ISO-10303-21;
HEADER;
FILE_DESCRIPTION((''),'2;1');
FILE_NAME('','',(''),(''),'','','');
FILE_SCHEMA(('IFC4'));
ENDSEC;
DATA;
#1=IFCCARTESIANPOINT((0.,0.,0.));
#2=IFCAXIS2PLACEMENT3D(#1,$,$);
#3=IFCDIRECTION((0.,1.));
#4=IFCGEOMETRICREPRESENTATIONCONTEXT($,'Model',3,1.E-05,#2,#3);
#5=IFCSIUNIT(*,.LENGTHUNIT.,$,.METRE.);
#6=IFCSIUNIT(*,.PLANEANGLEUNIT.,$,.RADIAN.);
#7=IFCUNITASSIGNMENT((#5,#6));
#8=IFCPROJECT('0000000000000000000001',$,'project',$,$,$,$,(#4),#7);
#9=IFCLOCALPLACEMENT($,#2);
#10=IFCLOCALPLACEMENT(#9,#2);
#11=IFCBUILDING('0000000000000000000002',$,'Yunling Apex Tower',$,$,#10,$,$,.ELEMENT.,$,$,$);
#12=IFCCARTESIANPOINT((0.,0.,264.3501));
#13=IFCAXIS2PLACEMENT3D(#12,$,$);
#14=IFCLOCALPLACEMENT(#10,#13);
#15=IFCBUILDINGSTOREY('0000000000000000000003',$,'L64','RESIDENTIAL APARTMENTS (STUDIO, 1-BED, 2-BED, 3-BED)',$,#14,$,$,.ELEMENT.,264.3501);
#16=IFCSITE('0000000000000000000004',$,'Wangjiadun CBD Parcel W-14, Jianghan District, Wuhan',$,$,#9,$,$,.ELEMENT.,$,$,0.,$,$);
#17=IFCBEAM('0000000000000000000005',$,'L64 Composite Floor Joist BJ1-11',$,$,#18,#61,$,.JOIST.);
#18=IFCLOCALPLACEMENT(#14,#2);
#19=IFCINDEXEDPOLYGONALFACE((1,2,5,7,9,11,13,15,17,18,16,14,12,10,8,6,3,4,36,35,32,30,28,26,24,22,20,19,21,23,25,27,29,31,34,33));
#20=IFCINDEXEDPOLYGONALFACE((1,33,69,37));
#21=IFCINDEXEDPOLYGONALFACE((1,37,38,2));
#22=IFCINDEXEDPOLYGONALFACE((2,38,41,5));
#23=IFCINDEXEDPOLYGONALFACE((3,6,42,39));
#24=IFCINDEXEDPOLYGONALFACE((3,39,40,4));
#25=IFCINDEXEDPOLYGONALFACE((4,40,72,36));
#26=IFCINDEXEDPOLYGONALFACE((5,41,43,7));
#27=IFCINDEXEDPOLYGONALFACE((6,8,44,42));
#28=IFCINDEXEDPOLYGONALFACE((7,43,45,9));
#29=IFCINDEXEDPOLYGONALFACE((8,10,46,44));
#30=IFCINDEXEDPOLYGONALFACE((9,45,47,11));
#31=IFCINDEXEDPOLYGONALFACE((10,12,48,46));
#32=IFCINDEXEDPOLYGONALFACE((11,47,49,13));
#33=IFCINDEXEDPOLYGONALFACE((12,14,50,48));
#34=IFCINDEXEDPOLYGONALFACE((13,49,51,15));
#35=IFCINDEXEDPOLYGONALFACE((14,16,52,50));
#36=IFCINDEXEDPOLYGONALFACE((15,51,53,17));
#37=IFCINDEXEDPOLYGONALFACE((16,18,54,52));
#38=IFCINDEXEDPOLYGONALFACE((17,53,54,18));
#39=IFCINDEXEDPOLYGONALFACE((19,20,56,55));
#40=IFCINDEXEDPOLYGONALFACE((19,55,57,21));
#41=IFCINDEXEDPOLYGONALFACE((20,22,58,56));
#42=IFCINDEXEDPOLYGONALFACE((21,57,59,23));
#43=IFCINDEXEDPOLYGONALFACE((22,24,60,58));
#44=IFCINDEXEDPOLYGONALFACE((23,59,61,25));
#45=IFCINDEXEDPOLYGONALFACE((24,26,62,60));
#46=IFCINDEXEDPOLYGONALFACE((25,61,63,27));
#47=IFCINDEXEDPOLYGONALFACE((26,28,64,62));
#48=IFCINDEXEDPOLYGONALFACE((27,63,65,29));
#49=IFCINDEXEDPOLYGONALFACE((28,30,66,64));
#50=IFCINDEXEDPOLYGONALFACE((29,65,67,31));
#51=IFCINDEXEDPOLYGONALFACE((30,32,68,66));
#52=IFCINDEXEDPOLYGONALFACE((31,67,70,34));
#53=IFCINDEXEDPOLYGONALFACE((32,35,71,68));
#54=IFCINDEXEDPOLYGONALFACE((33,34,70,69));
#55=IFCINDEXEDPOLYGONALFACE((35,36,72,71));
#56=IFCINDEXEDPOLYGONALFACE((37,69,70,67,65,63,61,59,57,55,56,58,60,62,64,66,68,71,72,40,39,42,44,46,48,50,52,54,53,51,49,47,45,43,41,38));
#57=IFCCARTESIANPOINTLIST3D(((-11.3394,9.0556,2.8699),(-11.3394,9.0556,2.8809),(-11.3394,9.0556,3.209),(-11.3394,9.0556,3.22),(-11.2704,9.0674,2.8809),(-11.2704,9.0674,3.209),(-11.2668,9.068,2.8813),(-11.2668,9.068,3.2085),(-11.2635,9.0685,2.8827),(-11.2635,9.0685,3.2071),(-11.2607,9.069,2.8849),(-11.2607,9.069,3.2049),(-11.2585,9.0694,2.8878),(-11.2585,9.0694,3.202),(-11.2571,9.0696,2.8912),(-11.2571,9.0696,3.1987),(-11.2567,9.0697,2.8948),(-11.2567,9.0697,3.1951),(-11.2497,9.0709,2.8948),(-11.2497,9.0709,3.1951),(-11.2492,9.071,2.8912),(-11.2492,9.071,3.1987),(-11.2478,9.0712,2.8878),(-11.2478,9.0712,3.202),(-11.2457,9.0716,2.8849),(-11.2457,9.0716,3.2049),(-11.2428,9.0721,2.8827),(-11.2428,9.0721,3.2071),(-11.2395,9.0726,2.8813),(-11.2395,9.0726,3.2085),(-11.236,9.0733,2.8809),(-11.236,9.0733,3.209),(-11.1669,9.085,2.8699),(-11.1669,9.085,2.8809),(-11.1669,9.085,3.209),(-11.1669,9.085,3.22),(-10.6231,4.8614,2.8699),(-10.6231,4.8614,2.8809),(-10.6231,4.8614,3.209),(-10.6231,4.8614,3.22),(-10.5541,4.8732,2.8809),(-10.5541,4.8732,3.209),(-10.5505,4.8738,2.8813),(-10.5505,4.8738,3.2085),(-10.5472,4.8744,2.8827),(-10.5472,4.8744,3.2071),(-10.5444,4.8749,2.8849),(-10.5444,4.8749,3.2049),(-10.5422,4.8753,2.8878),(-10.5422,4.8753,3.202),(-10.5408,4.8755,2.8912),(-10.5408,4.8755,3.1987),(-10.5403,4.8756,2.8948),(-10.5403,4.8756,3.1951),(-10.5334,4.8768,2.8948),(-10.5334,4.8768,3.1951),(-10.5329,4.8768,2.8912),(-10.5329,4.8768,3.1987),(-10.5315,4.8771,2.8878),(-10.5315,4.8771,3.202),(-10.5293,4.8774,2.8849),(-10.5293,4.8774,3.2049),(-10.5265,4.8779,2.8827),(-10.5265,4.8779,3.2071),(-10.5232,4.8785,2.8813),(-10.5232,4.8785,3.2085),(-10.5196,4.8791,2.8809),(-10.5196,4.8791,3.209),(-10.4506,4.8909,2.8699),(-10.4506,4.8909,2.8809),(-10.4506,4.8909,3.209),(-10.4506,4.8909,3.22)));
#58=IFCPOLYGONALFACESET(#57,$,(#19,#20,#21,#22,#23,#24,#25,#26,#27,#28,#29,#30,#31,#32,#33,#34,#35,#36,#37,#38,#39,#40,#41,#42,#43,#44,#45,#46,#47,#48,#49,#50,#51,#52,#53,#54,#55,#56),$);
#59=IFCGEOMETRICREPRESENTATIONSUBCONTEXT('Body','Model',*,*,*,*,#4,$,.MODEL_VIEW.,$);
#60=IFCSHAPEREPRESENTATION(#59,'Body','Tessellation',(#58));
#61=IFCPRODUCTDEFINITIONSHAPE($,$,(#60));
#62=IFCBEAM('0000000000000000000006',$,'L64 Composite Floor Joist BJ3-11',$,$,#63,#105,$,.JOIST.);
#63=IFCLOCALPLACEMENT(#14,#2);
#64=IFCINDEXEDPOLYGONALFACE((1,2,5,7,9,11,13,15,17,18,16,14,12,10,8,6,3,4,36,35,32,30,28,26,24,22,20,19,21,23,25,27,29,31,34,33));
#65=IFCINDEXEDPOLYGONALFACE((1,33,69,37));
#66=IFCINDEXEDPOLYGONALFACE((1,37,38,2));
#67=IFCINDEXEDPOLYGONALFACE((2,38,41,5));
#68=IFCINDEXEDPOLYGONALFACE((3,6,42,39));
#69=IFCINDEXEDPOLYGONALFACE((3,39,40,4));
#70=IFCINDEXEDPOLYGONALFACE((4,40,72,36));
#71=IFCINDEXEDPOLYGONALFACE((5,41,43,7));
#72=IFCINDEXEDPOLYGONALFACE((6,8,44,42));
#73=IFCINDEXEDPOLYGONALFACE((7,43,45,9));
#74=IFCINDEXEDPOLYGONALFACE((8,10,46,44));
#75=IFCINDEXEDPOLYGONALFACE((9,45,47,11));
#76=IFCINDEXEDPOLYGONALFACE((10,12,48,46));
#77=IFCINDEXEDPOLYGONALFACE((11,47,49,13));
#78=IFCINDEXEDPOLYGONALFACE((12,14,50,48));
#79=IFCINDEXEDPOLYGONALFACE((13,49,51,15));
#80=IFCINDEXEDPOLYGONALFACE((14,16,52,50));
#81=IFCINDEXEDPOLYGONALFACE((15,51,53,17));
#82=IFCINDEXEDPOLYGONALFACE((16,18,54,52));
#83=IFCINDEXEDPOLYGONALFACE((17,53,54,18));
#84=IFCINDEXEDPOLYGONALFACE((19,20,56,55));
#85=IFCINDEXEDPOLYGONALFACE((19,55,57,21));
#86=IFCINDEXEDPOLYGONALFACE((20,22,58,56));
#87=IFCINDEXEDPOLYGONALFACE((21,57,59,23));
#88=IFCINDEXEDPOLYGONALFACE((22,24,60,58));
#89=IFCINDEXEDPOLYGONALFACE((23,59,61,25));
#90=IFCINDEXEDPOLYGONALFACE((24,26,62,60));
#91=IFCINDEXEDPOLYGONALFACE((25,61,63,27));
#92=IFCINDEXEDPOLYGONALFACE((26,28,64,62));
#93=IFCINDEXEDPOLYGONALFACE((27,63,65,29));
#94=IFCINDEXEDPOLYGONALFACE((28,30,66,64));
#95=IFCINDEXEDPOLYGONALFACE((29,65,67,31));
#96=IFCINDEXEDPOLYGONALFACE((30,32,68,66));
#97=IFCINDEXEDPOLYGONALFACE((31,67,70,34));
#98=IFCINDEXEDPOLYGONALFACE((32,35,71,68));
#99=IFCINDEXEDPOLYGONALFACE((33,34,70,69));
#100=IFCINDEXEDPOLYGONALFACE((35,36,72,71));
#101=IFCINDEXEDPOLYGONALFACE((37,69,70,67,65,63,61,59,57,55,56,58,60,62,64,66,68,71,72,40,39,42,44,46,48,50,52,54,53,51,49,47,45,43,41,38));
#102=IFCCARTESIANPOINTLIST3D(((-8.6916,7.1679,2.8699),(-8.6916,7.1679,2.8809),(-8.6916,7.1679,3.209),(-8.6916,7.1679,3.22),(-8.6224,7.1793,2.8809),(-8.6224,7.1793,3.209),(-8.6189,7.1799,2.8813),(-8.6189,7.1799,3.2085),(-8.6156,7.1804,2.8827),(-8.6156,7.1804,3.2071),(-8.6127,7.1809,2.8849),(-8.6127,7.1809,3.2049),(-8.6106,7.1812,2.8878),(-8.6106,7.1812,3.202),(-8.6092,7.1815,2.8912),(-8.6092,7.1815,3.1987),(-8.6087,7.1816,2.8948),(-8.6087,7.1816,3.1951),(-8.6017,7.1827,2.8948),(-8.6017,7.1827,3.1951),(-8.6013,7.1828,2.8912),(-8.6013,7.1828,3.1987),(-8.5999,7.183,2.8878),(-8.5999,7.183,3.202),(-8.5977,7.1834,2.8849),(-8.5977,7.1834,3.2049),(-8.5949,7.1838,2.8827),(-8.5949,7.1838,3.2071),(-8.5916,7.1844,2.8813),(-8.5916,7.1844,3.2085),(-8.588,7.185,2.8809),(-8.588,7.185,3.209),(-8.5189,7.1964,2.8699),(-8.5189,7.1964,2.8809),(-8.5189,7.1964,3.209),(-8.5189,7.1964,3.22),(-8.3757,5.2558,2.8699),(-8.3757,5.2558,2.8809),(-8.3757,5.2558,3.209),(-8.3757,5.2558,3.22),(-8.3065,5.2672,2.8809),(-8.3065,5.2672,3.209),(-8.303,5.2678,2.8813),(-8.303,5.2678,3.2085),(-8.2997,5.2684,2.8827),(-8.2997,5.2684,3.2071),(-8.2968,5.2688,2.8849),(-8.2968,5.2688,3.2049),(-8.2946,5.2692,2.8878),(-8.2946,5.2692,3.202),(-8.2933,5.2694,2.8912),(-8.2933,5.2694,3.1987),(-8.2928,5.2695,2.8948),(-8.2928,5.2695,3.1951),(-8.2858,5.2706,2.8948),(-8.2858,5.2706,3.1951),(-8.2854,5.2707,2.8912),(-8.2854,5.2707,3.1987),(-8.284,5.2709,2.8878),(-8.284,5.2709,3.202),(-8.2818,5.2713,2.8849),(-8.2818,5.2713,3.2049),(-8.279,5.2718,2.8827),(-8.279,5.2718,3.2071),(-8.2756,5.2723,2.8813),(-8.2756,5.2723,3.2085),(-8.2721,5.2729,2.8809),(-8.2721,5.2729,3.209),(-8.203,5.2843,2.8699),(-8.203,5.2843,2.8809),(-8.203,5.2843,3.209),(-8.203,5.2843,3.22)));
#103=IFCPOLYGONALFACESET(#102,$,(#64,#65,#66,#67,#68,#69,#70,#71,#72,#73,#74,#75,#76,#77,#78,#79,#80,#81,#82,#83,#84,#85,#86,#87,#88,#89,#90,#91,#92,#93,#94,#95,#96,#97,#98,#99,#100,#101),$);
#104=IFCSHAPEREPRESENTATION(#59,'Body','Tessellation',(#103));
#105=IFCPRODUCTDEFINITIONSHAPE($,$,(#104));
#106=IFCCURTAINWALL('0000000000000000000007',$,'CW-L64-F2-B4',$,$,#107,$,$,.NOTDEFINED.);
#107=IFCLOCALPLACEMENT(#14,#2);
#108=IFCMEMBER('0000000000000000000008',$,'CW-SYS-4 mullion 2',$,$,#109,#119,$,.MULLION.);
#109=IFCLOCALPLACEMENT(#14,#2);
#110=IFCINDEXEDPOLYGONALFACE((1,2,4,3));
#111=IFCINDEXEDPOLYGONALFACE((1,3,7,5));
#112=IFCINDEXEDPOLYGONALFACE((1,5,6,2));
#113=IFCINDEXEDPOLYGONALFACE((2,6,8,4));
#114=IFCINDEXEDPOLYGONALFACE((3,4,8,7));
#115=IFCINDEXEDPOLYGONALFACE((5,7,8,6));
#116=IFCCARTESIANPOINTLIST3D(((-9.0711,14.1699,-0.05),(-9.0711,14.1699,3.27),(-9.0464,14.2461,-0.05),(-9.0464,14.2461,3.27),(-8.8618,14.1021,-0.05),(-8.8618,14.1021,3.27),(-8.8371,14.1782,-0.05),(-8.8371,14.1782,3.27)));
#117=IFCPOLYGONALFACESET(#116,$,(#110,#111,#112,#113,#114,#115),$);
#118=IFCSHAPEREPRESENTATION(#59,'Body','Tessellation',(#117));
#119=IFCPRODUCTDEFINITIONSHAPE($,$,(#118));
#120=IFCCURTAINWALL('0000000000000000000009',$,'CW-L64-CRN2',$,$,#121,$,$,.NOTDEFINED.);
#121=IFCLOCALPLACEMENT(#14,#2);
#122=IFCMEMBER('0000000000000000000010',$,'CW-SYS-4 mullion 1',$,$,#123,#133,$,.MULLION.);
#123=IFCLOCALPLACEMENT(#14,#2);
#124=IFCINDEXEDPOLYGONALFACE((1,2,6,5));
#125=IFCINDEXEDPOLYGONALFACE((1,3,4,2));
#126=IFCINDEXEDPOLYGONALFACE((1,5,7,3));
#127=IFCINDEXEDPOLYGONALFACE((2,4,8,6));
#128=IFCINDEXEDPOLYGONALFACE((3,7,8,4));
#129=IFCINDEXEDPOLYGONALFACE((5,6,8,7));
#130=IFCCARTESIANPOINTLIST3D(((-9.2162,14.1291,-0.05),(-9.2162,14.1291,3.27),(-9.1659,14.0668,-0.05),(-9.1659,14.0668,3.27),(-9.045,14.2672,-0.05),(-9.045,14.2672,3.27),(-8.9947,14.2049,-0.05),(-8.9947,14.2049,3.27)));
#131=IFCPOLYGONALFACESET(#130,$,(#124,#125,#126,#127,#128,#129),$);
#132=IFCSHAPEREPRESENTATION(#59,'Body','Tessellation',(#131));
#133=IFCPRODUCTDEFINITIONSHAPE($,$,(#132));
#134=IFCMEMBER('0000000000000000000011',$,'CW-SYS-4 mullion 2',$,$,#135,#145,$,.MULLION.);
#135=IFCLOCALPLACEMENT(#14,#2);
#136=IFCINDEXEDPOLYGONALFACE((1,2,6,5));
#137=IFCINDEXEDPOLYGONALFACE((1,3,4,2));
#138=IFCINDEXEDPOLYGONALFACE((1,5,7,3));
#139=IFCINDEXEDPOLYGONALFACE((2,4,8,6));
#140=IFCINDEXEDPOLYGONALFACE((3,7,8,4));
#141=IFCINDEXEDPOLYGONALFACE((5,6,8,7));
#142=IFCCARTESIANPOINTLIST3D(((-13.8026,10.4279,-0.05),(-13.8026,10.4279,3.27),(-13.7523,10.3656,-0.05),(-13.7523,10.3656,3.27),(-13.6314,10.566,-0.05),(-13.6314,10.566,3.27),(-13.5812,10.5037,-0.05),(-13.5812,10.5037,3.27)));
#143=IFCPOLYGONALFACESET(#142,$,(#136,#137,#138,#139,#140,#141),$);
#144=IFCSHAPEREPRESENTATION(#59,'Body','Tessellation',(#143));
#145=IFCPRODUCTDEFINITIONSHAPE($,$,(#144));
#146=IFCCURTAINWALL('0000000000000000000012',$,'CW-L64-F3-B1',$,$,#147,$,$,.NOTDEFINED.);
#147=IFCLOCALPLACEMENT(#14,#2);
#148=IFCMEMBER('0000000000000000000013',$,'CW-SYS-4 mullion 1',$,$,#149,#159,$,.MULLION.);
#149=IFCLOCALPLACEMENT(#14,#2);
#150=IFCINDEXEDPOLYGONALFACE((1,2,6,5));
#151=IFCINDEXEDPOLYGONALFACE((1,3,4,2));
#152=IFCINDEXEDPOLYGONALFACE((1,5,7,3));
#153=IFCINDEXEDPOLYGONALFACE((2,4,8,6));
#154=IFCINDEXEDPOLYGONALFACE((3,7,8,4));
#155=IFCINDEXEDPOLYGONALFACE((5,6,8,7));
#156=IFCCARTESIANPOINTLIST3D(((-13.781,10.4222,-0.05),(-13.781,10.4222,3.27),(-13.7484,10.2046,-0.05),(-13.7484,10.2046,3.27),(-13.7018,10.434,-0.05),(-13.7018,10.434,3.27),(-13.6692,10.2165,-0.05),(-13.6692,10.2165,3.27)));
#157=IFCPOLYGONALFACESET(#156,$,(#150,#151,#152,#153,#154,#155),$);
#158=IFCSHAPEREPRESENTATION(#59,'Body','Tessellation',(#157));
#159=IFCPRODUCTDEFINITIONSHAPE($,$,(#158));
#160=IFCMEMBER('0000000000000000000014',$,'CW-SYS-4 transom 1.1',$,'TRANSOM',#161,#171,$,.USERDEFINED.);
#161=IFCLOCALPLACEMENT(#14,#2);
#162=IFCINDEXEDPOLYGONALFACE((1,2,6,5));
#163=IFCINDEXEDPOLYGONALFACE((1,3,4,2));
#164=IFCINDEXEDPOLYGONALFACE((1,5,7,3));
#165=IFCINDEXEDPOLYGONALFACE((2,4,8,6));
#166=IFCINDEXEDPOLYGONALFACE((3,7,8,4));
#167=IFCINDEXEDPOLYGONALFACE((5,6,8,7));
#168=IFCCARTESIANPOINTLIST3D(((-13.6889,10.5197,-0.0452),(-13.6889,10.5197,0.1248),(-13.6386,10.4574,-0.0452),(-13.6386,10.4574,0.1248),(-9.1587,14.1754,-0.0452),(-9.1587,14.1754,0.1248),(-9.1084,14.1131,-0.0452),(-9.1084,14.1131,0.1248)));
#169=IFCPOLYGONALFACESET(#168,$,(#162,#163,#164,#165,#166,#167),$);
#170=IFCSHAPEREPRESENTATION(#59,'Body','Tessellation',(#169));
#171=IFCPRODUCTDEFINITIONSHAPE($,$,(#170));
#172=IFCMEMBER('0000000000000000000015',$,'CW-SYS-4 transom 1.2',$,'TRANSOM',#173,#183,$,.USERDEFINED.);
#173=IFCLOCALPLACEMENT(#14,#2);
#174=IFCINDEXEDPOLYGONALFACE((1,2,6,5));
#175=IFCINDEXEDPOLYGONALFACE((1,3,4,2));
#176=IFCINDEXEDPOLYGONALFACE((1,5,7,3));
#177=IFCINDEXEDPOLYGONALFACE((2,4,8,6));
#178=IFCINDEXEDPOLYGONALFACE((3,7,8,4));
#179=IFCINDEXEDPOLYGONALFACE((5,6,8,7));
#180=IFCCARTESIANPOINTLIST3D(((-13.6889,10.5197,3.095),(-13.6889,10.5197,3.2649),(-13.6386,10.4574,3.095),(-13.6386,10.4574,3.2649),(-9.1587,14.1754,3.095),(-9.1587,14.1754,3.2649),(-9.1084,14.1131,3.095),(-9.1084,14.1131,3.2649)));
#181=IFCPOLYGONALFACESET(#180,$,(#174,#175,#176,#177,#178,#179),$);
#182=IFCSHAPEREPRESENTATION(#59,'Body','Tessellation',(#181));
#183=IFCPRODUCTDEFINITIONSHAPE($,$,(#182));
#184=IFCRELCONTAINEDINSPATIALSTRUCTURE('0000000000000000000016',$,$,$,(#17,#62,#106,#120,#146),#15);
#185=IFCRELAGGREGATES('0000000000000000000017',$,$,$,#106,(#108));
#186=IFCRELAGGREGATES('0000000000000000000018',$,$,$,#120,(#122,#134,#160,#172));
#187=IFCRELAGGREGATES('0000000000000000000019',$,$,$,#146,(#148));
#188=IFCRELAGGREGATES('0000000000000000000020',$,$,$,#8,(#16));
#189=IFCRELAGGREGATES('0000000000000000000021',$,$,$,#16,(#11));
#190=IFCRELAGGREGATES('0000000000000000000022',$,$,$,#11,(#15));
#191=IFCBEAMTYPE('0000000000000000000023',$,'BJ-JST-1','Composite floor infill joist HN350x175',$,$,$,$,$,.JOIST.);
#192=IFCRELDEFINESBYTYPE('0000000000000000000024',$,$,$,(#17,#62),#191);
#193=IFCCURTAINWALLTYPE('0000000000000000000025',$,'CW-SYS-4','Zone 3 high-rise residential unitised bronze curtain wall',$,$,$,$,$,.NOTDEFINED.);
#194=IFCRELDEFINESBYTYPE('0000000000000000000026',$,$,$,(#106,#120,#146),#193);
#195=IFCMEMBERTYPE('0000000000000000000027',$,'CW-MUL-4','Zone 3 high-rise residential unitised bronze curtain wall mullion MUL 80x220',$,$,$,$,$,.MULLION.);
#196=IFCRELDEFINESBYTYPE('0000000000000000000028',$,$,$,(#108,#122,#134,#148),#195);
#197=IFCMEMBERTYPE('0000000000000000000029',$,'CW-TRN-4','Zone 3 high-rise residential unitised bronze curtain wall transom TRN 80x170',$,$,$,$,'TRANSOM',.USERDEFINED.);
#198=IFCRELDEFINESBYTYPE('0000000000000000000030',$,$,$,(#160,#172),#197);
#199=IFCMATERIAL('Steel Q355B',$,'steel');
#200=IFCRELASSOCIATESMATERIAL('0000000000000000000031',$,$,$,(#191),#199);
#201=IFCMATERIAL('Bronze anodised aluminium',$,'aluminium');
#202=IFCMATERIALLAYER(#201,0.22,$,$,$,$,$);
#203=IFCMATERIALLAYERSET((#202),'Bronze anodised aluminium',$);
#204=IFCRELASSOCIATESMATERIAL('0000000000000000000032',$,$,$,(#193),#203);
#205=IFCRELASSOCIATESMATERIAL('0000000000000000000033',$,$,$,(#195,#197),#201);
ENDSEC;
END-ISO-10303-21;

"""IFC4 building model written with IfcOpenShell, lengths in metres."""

from ifc_helpers import new_model, si_unit, direction, frame, origin, origin_2d, place, context, subcontext, project, spatial, rectangle, i_section, extrude, source, transform, mapped, material, layer, layer_set, material_profile, profile_set, type_object, element, aggregate, save


model = new_model("IFC4")

# Units and contexts
model_context = context("Model", 3, precision=1e-05, world=origin(), true_north=direction((0.0, 1.0)))
body_context = subcontext(model_context, "Body", "Model", "MODEL_VIEW")
ifc_project = project(units=[si_unit("LENGTHUNIT", "METRE"), si_unit("PLANEANGLEUNIT", "RADIAN")], contexts=[model_context])

# Site, building, storey
site_placement = place(None, origin())
site = spatial("IfcSite", under=ifc_project, at=site_placement, Name="Wangjiadun CBD Parcel W-14, Jianghan District, Wuhan", CompositionType="ELEMENT", RefElevation=0.0)
building_placement = place(site_placement, origin())
building = spatial("IfcBuilding", under=site, at=building_placement, Name="Yunling Apex Tower", CompositionType="ELEMENT")
storey_placement = place(building_placement, frame((0.0, 0.0, 264.3501)))
storey = spatial("IfcBuildingStorey", under=building, at=storey_placement, Name="L64", Description="RESIDENTIAL APARTMENTS (STUDIO, 1-BED, 2-BED, 3-BED)", CompositionType="ELEMENT", Elevation=264.3501)

# Shared definitions
ifc_material_1 = material(Name="Steel Q355B", Category="steel")

# Beams
ifc_material_profile_1 = material_profile(ifc_material_1, i_section(OverallWidth=0.175, OverallDepth=0.3501, WebThickness=0.0071, FlangeThickness=0.011, FilletRadius=0.0139, at=origin_2d()))
ifc_profile_set_1 = profile_set([ifc_material_profile_1], Name="Steel Q355B")
beam_type_1 = type_object("IfcBeamType", Name="BJ-JST-1", Description="Composite floor infill joist HN350x175", PredefinedType="JOIST", material=ifc_profile_set_1)
shared_shape_1 = source(origin(), body_context, "Body", "SweptSolid", [
    extrude(i_section(OverallWidth=0.175, OverallDepth=0.3501, WebThickness=0.0071, FlangeThickness=0.011, FilletRadius=0.0139, at=origin_2d()), origin(), (0.0, 0.0, 1.0), 4.2549),
])
beam_1_placement = place(storey_placement, frame((-11.2532, 9.0703, 3.0449), z_axis=(0.168352, -0.985727, 0.0), x_axis=(0.985727, 0.168352, 0.0)))
element("IfcBeam", 1, at=beam_1_placement, inside=storey, type_object=beam_type_1, Name="L64 Composite Floor Joist BJ1-11", PredefinedType="JOIST", context=body_context, shape_type="MappedRepresentation", body=[
    mapped(shared_shape_1, transform((0.0, 0.0, 0.0), scale=1.0)),
])
shared_shape_2 = source(origin(), body_context, "Body", "SweptSolid", [
    extrude(i_section(OverallWidth=0.175, OverallDepth=0.3501, WebThickness=0.0071, FlangeThickness=0.011, FilletRadius=0.0139, at=origin_2d()), origin(), (0.0, 0.0, 1.0), 1.938),
])
beam_2_placement = place(storey_placement, frame((-8.6052, 7.1821, 3.0449), z_axis=(0.16301, -0.986624, 0.0), x_axis=(0.986624, 0.16301, 0.0)))
element("IfcBeam", 2, at=beam_2_placement, inside=storey, type_object=beam_type_1, Name="L64 Composite Floor Joist BJ3-11", PredefinedType="JOIST", context=body_context, shape_type="MappedRepresentation", body=[
    mapped(shared_shape_2, transform((0.0, 0.0, 0.0), scale=1.0)),
])

# Curtain wall, member
ifc_material_2 = material(Name="Bronze anodised aluminium", Category="aluminium")
ifc_layer_1 = layer(ifc_material_2, 0.22)
ifc_layer_set_1 = layer_set([ifc_layer_1], Name="Bronze anodised aluminium")
curtain_wall_type = type_object("IfcCurtainWallType", Name="CW-SYS-4", Description="Zone 3 high-rise residential unitised bronze curtain wall", PredefinedType="NOTDEFINED", material=ifc_layer_set_1)
curtain_wall_1_placement = place(storey_placement, origin())
curtain_wall_1 = element("IfcCurtainWall", 3, at=curtain_wall_1_placement, inside=storey, type_object=curtain_wall_type, Name="CW-L64-F2-B4", PredefinedType="NOTDEFINED")
ifc_material_profile_2 = material_profile(ifc_material_2, rectangle(XDim=0.0801, YDim=0.22, at=origin_2d()))
ifc_profile_set_2 = profile_set([ifc_material_profile_2], Name="Bronze anodised aluminium")
member_type_1 = type_object("IfcMemberType", Name="CW-MUL-4", Description="Zone 3 high-rise residential unitised bronze curtain wall mullion MUL 80x220", PredefinedType="MULLION", material=ifc_profile_set_2)
shared_shape_3 = source(origin(), body_context, "Body", "SweptSolid", [
    extrude(rectangle(XDim=0.0801, YDim=0.22, at=origin_2d()), origin(), (0.0, 0.0, 1.0), 3.3201),
])
member_1_placement = place(storey_placement, frame((-8.9541, 14.1741, -0.05), z_axis=(0.0, 0.0, 1.0), x_axis=(-0.308353, -0.951272, 0.0)))
member_1 = element("IfcMember", 4, at=member_1_placement, type_object=member_type_1, Name="CW-SYS-4 mullion 2", PredefinedType="MULLION", context=body_context, shape_type="MappedRepresentation", body=[
    mapped(shared_shape_3, transform((0.0, 0.0, 0.0), scale=1.0)),
])

# Curtain wall, members
curtain_wall_2_placement = place(storey_placement, origin())
curtain_wall_2 = element("IfcCurtainWall", 5, at=curtain_wall_2_placement, inside=storey, type_object=curtain_wall_type, Name="CW-L64-CRN2", PredefinedType="NOTDEFINED")
member_2_placement = place(storey_placement, frame((-9.1055, 14.167, -0.05), z_axis=(0.0, 0.0, 1.0), x_axis=(0.627989, -0.778222, 0.0)))
member_2 = element("IfcMember", 6, at=member_2_placement, type_object=member_type_1, Name="CW-SYS-4 mullion 1", PredefinedType="MULLION", context=body_context, shape_type="MappedRepresentation", body=[
    mapped(shared_shape_3, transform((0.0, 0.0, 0.0), scale=1.0)),
])
member_3_placement = place(storey_placement, frame((-13.6919, 10.4658, -0.05), z_axis=(0.0, 0.0, 1.0), x_axis=(0.627989, -0.778222, 0.0)))
member_3 = element("IfcMember", 7, at=member_3_placement, type_object=member_type_1, Name="CW-SYS-4 mullion 2", PredefinedType="MULLION", context=body_context, shape_type="MappedRepresentation", body=[
    mapped(shared_shape_3, transform((0.0, 0.0, 0.0), scale=1.0)),
])

# Curtain wall, member
curtain_wall_3_placement = place(storey_placement, origin())
curtain_wall_3 = element("IfcCurtainWall", 8, at=curtain_wall_3_placement, inside=storey, type_object=curtain_wall_type, Name="CW-L64-F3-B1", PredefinedType="NOTDEFINED")
member_4_placement = place(storey_placement, frame((-13.7251, 10.3193, -0.05), z_axis=(0.0, 0.0, 1.0), x_axis=(0.989016, 0.147807, 0.0)))
member_4 = element("IfcMember", 9, at=member_4_placement, type_object=member_type_1, Name="CW-SYS-4 mullion 1", PredefinedType="MULLION", context=body_context, shape_type="MappedRepresentation", body=[
    mapped(shared_shape_3, transform((0.0, 0.0, 0.0), scale=1.0)),
])

# Members
ifc_material_profile_3 = material_profile(ifc_material_2, rectangle(XDim=0.0801, YDim=0.1699, at=origin_2d()))
ifc_profile_set_3 = profile_set([ifc_material_profile_3], Name="Bronze anodised aluminium")
member_type_2 = type_object("IfcMemberType", Name="CW-TRN-4", Description="Zone 3 high-rise residential unitised bronze curtain wall transom TRN 80x170", ElementType="TRANSOM", PredefinedType="USERDEFINED", material=ifc_profile_set_3)
shared_shape_4 = source(origin(), body_context, "Body", "SweptSolid", [
    extrude(rectangle(XDim=0.0801, YDim=0.1699, at=origin_2d()), origin(), (0.0, 0.0, 1.0), 5.8213),
])
member_5_placement = place(storey_placement, frame((-9.1335, 14.1443, 0.0398), z_axis=(-0.778219, -0.627993, 0.0), x_axis=(0.627993, -0.778219, 0.0)))
member_5 = element("IfcMember", 10, at=member_5_placement, type_object=member_type_2, Name="CW-SYS-4 transom 1.1", ObjectType="TRANSOM", PredefinedType="USERDEFINED", context=body_context, shape_type="MappedRepresentation", body=[
    mapped(shared_shape_4, transform((0.0, 0.0, 0.0), scale=1.0)),
])
member_6_placement = place(storey_placement, frame((-9.1335, 14.1443, 3.1799), z_axis=(-0.778219, -0.627993, 0.0), x_axis=(0.627993, -0.778219, 0.0)))
member_6 = element("IfcMember", 11, at=member_6_placement, type_object=member_type_2, Name="CW-SYS-4 transom 1.2", ObjectType="TRANSOM", PredefinedType="USERDEFINED", context=body_context, shape_type="MappedRepresentation", body=[
    mapped(shared_shape_4, transform((0.0, 0.0, 0.0), scale=1.0)),
])

aggregate(curtain_wall_1, [member_1])
aggregate(curtain_wall_2, [member_2, member_3, member_5, member_6])
aggregate(curtain_wall_3, [member_4])

save(model, "model.ifc")
